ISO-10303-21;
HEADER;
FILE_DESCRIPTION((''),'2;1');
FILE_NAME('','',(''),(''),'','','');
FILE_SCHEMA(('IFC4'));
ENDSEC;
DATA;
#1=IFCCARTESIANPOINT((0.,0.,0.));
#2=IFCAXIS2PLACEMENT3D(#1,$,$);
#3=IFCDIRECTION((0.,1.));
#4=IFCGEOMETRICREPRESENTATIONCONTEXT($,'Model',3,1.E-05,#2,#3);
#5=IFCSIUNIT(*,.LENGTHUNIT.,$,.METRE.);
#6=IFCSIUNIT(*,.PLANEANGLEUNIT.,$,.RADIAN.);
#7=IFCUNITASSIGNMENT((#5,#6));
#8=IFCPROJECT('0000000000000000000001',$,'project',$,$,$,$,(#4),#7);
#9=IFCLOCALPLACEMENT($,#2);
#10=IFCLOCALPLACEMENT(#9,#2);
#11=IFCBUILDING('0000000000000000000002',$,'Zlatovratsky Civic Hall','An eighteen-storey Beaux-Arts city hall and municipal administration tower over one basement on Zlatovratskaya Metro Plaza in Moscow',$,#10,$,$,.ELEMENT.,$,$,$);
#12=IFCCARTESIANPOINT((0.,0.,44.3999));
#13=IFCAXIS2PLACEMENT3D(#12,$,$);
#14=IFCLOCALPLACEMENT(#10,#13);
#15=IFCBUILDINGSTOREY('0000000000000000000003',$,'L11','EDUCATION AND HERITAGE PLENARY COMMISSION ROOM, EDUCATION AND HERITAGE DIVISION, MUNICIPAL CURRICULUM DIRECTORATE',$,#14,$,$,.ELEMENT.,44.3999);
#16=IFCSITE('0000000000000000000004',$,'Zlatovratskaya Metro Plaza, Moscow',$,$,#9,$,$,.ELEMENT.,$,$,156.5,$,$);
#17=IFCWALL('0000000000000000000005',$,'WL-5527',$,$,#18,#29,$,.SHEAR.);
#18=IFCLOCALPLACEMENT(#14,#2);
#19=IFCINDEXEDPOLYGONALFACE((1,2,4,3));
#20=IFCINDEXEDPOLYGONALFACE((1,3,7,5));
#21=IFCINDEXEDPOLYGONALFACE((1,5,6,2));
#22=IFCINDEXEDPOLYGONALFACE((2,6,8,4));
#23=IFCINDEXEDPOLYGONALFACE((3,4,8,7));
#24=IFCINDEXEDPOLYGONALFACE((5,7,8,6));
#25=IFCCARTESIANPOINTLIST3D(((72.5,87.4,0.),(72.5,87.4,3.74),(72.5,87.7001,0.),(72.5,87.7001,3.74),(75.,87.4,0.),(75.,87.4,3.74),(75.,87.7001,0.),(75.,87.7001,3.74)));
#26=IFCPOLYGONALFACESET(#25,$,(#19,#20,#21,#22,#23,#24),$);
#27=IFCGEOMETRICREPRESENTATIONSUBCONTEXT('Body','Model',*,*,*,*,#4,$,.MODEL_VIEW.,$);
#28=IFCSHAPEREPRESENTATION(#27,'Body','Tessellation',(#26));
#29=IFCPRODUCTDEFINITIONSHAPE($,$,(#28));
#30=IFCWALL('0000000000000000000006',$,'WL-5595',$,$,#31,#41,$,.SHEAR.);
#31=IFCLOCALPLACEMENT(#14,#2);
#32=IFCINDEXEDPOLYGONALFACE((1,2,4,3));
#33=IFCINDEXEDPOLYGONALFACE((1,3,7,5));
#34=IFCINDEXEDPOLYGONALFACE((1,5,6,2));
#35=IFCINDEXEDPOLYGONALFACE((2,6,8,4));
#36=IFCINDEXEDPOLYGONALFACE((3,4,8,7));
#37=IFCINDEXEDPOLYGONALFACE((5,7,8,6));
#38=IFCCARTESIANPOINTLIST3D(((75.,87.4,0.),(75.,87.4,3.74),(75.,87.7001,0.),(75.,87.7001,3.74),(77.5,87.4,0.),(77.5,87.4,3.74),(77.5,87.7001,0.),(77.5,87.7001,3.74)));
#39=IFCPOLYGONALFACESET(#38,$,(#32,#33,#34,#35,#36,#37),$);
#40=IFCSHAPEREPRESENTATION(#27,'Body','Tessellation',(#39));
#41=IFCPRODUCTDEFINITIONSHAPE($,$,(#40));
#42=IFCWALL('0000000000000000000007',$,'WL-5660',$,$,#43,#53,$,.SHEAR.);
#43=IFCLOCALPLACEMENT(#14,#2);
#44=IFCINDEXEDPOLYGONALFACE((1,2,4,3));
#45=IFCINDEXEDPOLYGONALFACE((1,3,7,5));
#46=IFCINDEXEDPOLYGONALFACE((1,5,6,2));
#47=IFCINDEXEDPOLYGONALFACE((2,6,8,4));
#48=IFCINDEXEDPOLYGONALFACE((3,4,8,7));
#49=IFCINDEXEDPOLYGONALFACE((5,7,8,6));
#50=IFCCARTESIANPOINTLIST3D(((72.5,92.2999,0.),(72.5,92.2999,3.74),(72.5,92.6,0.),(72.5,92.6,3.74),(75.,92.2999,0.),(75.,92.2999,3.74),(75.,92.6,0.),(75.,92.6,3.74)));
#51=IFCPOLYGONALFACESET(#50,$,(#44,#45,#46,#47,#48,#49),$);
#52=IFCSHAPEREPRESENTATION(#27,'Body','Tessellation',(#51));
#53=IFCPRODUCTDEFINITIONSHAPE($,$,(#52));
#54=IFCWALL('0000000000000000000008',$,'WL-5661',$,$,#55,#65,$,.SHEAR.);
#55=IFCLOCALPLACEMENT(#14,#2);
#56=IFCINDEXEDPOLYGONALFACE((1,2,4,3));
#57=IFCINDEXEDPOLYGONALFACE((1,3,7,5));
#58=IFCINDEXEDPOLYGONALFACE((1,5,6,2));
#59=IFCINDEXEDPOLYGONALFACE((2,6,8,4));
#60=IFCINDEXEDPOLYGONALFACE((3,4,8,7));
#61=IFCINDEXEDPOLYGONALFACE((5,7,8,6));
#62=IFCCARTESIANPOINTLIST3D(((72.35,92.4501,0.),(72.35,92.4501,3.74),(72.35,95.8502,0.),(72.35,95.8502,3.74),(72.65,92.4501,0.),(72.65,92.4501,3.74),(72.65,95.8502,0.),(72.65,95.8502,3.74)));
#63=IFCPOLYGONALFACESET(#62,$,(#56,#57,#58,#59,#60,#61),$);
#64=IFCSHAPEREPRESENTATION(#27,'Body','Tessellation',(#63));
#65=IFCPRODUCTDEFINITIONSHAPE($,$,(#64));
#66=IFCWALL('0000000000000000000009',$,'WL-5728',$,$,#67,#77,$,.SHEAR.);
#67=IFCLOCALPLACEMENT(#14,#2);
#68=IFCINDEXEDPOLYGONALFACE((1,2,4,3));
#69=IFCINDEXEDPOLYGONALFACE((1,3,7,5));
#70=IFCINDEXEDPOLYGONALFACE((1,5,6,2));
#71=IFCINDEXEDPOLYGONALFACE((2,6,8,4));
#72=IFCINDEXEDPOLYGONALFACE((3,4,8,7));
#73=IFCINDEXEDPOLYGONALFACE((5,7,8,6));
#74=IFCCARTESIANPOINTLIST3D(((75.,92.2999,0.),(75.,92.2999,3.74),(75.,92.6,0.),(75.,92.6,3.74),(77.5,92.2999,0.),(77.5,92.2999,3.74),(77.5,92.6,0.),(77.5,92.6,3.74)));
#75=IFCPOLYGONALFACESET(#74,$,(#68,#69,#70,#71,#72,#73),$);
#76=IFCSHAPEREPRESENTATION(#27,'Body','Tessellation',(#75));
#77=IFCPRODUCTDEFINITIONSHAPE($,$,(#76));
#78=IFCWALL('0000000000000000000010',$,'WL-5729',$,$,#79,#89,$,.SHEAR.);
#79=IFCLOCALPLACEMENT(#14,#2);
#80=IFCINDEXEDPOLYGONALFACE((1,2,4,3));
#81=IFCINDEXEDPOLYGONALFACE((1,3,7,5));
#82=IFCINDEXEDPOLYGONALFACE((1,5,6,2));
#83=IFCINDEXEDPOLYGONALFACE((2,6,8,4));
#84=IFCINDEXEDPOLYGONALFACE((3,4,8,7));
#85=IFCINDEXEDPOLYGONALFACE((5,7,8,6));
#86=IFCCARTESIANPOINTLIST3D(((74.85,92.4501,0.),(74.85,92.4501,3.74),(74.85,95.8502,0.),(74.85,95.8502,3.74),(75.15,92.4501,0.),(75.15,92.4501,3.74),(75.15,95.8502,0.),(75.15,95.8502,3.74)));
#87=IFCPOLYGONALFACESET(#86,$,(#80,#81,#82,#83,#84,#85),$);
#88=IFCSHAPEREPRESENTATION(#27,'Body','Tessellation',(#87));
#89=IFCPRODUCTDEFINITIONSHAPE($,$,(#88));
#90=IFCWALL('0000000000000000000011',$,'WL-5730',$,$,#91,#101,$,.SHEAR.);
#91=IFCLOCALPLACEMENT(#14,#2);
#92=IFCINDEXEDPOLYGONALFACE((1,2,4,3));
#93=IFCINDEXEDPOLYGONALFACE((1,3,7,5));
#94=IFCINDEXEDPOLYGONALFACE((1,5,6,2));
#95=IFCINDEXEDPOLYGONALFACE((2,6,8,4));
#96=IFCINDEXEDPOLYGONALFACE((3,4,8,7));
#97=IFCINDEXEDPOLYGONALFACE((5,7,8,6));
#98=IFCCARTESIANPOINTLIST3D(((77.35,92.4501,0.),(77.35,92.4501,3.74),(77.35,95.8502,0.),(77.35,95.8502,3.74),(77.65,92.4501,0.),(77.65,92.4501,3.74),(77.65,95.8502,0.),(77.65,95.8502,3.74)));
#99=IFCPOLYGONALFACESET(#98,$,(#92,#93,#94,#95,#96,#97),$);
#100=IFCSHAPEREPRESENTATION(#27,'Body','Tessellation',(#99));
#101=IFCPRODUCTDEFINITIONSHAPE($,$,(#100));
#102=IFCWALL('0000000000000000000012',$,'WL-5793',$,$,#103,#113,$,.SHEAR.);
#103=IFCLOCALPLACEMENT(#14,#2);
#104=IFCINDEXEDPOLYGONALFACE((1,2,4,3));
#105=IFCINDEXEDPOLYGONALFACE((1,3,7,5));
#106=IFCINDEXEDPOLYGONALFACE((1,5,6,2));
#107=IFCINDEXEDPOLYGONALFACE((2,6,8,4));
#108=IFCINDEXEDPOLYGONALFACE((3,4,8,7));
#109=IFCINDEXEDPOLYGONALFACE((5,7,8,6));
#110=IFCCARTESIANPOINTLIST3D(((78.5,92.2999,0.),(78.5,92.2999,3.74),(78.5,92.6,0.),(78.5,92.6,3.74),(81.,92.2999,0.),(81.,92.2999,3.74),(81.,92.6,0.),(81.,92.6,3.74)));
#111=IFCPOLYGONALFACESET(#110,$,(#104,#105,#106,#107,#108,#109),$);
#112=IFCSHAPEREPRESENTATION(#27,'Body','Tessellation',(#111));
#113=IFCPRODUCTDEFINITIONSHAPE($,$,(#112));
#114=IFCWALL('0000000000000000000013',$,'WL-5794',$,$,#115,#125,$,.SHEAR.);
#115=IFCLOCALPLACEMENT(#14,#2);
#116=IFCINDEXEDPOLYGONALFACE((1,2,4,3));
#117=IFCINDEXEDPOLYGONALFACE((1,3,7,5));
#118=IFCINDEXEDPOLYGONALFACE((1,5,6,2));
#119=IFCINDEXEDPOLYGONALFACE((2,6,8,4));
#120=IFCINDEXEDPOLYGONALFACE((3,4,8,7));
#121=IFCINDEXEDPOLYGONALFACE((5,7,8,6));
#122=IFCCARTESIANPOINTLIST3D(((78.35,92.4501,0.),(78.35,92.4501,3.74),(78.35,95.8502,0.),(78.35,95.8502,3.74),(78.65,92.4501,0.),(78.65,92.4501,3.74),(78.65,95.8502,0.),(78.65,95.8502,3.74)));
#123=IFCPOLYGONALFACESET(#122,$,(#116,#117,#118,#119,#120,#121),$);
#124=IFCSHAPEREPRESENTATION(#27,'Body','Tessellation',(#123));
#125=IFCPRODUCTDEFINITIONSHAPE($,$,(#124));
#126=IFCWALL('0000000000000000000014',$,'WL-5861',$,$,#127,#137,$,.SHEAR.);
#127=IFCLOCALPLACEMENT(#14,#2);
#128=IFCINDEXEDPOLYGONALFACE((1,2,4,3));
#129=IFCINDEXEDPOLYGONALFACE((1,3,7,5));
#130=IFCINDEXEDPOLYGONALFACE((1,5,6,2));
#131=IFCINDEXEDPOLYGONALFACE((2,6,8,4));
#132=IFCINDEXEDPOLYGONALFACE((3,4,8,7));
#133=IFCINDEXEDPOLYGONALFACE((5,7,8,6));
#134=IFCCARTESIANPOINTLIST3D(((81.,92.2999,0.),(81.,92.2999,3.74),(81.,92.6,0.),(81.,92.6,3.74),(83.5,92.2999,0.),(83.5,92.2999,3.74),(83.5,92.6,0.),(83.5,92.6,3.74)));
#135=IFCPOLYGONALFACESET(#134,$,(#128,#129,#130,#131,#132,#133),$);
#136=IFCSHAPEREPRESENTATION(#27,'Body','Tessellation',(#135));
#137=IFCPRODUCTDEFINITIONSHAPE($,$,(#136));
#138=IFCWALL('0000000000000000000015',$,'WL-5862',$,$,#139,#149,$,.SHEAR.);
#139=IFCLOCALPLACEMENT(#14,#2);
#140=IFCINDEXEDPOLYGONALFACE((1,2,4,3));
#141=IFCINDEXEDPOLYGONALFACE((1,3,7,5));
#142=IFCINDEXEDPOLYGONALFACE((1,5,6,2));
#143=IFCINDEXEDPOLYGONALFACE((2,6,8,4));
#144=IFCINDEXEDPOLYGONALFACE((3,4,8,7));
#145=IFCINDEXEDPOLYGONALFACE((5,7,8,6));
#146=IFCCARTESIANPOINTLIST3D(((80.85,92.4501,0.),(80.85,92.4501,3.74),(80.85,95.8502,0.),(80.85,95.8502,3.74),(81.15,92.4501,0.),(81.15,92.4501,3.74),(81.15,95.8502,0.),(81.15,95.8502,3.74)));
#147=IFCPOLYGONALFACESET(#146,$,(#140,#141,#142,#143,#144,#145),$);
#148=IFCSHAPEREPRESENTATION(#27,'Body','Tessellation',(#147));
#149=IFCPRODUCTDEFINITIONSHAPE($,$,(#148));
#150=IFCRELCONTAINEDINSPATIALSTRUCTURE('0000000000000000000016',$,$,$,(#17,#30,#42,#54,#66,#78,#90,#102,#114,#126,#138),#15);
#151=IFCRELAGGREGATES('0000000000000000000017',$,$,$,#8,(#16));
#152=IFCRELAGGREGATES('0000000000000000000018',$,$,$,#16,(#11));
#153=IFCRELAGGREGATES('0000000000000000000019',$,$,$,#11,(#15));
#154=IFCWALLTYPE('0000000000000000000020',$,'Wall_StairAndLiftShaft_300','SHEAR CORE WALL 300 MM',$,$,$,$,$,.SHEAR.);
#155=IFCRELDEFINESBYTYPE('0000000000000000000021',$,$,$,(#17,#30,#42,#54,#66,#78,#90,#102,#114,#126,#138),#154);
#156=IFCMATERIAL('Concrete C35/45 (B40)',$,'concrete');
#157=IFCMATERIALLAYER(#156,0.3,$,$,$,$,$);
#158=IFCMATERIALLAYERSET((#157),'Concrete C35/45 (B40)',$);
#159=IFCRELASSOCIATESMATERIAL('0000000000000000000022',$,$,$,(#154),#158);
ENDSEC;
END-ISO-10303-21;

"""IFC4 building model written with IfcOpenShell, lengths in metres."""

from ifc_helpers import new_model, si_unit, direction, frame, frame_2d, origin, place, context, subcontext, project, spatial, rectangle, extrude, material, layer, layer_set, type_object, element, save


model = new_model("IFC4")

# Units and contexts
model_context = context("Model", 3, precision=1e-05, world=origin(), true_north=direction((0.0, 1.0)))
body_context = subcontext(model_context, "Body", "Model", "MODEL_VIEW")
ifc_project = project(units=[si_unit("LENGTHUNIT", "METRE"), si_unit("PLANEANGLEUNIT", "RADIAN")], contexts=[model_context])

# Site, building, storey
site_placement = place(None, origin())
site = spatial("IfcSite", under=ifc_project, at=site_placement, Name="Zlatovratskaya Metro Plaza, Moscow", CompositionType="ELEMENT", RefElevation=156.5)
building_placement = place(site_placement, origin())
building = spatial("IfcBuilding", under=site, at=building_placement, Name="Zlatovratsky Civic Hall", Description="An eighteen-storey Beaux-Arts city hall and municipal administration tower over one basement on Zlatovratskaya Metro Plaza in Moscow", CompositionType="ELEMENT")
storey_placement = place(building_placement, frame((0.0, 0.0, 44.3999)))
storey = spatial("IfcBuildingStorey", under=building, at=storey_placement, Name="L11", Description="EDUCATION AND HERITAGE PLENARY COMMISSION ROOM, EDUCATION AND HERITAGE DIVISION, MUNICIPAL CURRICULUM DIRECTORATE", CompositionType="ELEMENT", Elevation=44.3999)

# Shared definitions
ifc_material_1 = material(Name="Concrete C35/45 (B40)", Category="concrete")

# Walls
ifc_layer_1 = layer(ifc_material_1, 0.3)
ifc_layer_set_1 = layer_set([ifc_layer_1], Name="Concrete C35/45 (B40)")
wall_type_1 = type_object("IfcWallType", Name="Wall_StairAndLiftShaft_300", Description="SHEAR CORE WALL 300 MM", PredefinedType="SHEAR", material=ifc_layer_set_1)
for number, where, z_axis, x_axis, name in (
    (1, (72.5, 87.55, 0.0), (0.0, 0.0, 1.0), (1.0, 0.0, 0.0), "WL-5527"),
    (2, (75.0, 87.55, 0.0), (0.0, 0.0, 1.0), (1.0, 0.0, 0.0), "WL-5595"),
):
    element("IfcWall", number, at=place(storey_placement, frame(where, z_axis=z_axis, x_axis=x_axis)), inside=storey, type_object=wall_type_1, Name=name, PredefinedType="SHEAR", context=body_context, shape_type="SweptSolid", body=[
        extrude(rectangle(XDim=2.5, YDim=0.3, at=frame_2d((1.25, 0.0))), origin(), (0.0, 0.0, 1.0), 3.74),
    ])

# Walls
wall_1_placement = place(storey_placement, frame((72.5, 92.45, 0.0), z_axis=(0.0, 0.0, 1.0), x_axis=(1.0, 0.0, 0.0)))
element("IfcWall", 3, at=wall_1_placement, inside=storey, type_object=wall_type_1, Name="WL-5660", PredefinedType="SHEAR", context=body_context, shape_type="SweptSolid", body=[
    extrude(rectangle(XDim=2.5, YDim=0.3, at=frame_2d((1.25, 0.0))), origin(), (0.0, 0.0, 1.0), 3.74),
])
wall_2_placement = place(storey_placement, frame((72.5, 92.45, 0.0), z_axis=(0.0, 0.0, 1.0), x_axis=(0.0, 1.0, 0.0)))
element("IfcWall", 4, at=wall_2_placement, inside=storey, type_object=wall_type_1, Name="WL-5661", PredefinedType="SHEAR", context=body_context, shape_type="SweptSolid", body=[
    extrude(rectangle(XDim=3.4001, YDim=0.3, at=frame_2d((1.7002, 0.0))), origin(), (0.0, 0.0, 1.0), 3.74),
])

# Walls
wall_3_placement = place(storey_placement, frame((75.0, 92.45, 0.0), z_axis=(0.0, 0.0, 1.0), x_axis=(1.0, 0.0, 0.0)))
element("IfcWall", 5, at=wall_3_placement, inside=storey, type_object=wall_type_1, Name="WL-5728", PredefinedType="SHEAR", context=body_context, shape_type="SweptSolid", body=[
    extrude(rectangle(XDim=2.5, YDim=0.3, at=frame_2d((1.25, 0.0))), origin(), (0.0, 0.0, 1.0), 3.74),
])
for number, where, z_axis, x_axis, name in (
    (6, (75.0, 92.45, 0.0), (0.0, 0.0, 1.0), (0.0, 1.0, 0.0), "WL-5729"),
    (7, (77.5, 92.45, 0.0), (0.0, 0.0, 1.0), (0.0, 1.0, 0.0), "WL-5730"),
):
    element("IfcWall", number, at=place(storey_placement, frame(where, z_axis=z_axis, x_axis=x_axis)), inside=storey, type_object=wall_type_1, Name=name, PredefinedType="SHEAR", context=body_context, shape_type="SweptSolid", body=[
        extrude(rectangle(XDim=3.4001, YDim=0.3, at=frame_2d((1.7002, 0.0))), origin(), (0.0, 0.0, 1.0), 3.74),
    ])

# Walls
wall_4_placement = place(storey_placement, frame((78.5, 92.45, 0.0), z_axis=(0.0, 0.0, 1.0), x_axis=(1.0, 0.0, 0.0)))
element("IfcWall", 8, at=wall_4_placement, inside=storey, type_object=wall_type_1, Name="WL-5793", PredefinedType="SHEAR", context=body_context, shape_type="SweptSolid", body=[
    extrude(rectangle(XDim=2.5, YDim=0.3, at=frame_2d((1.25, 0.0))), origin(), (0.0, 0.0, 1.0), 3.74),
])
wall_5_placement = place(storey_placement, frame((78.5, 92.45, 0.0), z_axis=(0.0, 0.0, 1.0), x_axis=(0.0, 1.0, 0.0)))
element("IfcWall", 9, at=wall_5_placement, inside=storey, type_object=wall_type_1, Name="WL-5794", PredefinedType="SHEAR", context=body_context, shape_type="SweptSolid", body=[
    extrude(rectangle(XDim=3.4001, YDim=0.3, at=frame_2d((1.7002, 0.0))), origin(), (0.0, 0.0, 1.0), 3.74),
])
wall_6_placement = place(storey_placement, frame((81.0, 92.45, 0.0), z_axis=(0.0, 0.0, 1.0), x_axis=(1.0, 0.0, 0.0)))
element("IfcWall", 10, at=wall_6_placement, inside=storey, type_object=wall_type_1, Name="WL-5861", PredefinedType="SHEAR", context=body_context, shape_type="SweptSolid", body=[
    extrude(rectangle(XDim=2.5, YDim=0.3, at=frame_2d((1.25, 0.0))), origin(), (0.0, 0.0, 1.0), 3.74),
])
wall_7_placement = place(storey_placement, frame((81.0, 92.45, 0.0), z_axis=(0.0, 0.0, 1.0), x_axis=(0.0, 1.0, 0.0)))
element("IfcWall", 11, at=wall_7_placement, inside=storey, type_object=wall_type_1, Name="WL-5862", PredefinedType="SHEAR", context=body_context, shape_type="SweptSolid", body=[
    extrude(rectangle(XDim=3.4001, YDim=0.3, at=frame_2d((1.7002, 0.0))), origin(), (0.0, 0.0, 1.0), 3.74),
])

save(model, "model.ifc")
